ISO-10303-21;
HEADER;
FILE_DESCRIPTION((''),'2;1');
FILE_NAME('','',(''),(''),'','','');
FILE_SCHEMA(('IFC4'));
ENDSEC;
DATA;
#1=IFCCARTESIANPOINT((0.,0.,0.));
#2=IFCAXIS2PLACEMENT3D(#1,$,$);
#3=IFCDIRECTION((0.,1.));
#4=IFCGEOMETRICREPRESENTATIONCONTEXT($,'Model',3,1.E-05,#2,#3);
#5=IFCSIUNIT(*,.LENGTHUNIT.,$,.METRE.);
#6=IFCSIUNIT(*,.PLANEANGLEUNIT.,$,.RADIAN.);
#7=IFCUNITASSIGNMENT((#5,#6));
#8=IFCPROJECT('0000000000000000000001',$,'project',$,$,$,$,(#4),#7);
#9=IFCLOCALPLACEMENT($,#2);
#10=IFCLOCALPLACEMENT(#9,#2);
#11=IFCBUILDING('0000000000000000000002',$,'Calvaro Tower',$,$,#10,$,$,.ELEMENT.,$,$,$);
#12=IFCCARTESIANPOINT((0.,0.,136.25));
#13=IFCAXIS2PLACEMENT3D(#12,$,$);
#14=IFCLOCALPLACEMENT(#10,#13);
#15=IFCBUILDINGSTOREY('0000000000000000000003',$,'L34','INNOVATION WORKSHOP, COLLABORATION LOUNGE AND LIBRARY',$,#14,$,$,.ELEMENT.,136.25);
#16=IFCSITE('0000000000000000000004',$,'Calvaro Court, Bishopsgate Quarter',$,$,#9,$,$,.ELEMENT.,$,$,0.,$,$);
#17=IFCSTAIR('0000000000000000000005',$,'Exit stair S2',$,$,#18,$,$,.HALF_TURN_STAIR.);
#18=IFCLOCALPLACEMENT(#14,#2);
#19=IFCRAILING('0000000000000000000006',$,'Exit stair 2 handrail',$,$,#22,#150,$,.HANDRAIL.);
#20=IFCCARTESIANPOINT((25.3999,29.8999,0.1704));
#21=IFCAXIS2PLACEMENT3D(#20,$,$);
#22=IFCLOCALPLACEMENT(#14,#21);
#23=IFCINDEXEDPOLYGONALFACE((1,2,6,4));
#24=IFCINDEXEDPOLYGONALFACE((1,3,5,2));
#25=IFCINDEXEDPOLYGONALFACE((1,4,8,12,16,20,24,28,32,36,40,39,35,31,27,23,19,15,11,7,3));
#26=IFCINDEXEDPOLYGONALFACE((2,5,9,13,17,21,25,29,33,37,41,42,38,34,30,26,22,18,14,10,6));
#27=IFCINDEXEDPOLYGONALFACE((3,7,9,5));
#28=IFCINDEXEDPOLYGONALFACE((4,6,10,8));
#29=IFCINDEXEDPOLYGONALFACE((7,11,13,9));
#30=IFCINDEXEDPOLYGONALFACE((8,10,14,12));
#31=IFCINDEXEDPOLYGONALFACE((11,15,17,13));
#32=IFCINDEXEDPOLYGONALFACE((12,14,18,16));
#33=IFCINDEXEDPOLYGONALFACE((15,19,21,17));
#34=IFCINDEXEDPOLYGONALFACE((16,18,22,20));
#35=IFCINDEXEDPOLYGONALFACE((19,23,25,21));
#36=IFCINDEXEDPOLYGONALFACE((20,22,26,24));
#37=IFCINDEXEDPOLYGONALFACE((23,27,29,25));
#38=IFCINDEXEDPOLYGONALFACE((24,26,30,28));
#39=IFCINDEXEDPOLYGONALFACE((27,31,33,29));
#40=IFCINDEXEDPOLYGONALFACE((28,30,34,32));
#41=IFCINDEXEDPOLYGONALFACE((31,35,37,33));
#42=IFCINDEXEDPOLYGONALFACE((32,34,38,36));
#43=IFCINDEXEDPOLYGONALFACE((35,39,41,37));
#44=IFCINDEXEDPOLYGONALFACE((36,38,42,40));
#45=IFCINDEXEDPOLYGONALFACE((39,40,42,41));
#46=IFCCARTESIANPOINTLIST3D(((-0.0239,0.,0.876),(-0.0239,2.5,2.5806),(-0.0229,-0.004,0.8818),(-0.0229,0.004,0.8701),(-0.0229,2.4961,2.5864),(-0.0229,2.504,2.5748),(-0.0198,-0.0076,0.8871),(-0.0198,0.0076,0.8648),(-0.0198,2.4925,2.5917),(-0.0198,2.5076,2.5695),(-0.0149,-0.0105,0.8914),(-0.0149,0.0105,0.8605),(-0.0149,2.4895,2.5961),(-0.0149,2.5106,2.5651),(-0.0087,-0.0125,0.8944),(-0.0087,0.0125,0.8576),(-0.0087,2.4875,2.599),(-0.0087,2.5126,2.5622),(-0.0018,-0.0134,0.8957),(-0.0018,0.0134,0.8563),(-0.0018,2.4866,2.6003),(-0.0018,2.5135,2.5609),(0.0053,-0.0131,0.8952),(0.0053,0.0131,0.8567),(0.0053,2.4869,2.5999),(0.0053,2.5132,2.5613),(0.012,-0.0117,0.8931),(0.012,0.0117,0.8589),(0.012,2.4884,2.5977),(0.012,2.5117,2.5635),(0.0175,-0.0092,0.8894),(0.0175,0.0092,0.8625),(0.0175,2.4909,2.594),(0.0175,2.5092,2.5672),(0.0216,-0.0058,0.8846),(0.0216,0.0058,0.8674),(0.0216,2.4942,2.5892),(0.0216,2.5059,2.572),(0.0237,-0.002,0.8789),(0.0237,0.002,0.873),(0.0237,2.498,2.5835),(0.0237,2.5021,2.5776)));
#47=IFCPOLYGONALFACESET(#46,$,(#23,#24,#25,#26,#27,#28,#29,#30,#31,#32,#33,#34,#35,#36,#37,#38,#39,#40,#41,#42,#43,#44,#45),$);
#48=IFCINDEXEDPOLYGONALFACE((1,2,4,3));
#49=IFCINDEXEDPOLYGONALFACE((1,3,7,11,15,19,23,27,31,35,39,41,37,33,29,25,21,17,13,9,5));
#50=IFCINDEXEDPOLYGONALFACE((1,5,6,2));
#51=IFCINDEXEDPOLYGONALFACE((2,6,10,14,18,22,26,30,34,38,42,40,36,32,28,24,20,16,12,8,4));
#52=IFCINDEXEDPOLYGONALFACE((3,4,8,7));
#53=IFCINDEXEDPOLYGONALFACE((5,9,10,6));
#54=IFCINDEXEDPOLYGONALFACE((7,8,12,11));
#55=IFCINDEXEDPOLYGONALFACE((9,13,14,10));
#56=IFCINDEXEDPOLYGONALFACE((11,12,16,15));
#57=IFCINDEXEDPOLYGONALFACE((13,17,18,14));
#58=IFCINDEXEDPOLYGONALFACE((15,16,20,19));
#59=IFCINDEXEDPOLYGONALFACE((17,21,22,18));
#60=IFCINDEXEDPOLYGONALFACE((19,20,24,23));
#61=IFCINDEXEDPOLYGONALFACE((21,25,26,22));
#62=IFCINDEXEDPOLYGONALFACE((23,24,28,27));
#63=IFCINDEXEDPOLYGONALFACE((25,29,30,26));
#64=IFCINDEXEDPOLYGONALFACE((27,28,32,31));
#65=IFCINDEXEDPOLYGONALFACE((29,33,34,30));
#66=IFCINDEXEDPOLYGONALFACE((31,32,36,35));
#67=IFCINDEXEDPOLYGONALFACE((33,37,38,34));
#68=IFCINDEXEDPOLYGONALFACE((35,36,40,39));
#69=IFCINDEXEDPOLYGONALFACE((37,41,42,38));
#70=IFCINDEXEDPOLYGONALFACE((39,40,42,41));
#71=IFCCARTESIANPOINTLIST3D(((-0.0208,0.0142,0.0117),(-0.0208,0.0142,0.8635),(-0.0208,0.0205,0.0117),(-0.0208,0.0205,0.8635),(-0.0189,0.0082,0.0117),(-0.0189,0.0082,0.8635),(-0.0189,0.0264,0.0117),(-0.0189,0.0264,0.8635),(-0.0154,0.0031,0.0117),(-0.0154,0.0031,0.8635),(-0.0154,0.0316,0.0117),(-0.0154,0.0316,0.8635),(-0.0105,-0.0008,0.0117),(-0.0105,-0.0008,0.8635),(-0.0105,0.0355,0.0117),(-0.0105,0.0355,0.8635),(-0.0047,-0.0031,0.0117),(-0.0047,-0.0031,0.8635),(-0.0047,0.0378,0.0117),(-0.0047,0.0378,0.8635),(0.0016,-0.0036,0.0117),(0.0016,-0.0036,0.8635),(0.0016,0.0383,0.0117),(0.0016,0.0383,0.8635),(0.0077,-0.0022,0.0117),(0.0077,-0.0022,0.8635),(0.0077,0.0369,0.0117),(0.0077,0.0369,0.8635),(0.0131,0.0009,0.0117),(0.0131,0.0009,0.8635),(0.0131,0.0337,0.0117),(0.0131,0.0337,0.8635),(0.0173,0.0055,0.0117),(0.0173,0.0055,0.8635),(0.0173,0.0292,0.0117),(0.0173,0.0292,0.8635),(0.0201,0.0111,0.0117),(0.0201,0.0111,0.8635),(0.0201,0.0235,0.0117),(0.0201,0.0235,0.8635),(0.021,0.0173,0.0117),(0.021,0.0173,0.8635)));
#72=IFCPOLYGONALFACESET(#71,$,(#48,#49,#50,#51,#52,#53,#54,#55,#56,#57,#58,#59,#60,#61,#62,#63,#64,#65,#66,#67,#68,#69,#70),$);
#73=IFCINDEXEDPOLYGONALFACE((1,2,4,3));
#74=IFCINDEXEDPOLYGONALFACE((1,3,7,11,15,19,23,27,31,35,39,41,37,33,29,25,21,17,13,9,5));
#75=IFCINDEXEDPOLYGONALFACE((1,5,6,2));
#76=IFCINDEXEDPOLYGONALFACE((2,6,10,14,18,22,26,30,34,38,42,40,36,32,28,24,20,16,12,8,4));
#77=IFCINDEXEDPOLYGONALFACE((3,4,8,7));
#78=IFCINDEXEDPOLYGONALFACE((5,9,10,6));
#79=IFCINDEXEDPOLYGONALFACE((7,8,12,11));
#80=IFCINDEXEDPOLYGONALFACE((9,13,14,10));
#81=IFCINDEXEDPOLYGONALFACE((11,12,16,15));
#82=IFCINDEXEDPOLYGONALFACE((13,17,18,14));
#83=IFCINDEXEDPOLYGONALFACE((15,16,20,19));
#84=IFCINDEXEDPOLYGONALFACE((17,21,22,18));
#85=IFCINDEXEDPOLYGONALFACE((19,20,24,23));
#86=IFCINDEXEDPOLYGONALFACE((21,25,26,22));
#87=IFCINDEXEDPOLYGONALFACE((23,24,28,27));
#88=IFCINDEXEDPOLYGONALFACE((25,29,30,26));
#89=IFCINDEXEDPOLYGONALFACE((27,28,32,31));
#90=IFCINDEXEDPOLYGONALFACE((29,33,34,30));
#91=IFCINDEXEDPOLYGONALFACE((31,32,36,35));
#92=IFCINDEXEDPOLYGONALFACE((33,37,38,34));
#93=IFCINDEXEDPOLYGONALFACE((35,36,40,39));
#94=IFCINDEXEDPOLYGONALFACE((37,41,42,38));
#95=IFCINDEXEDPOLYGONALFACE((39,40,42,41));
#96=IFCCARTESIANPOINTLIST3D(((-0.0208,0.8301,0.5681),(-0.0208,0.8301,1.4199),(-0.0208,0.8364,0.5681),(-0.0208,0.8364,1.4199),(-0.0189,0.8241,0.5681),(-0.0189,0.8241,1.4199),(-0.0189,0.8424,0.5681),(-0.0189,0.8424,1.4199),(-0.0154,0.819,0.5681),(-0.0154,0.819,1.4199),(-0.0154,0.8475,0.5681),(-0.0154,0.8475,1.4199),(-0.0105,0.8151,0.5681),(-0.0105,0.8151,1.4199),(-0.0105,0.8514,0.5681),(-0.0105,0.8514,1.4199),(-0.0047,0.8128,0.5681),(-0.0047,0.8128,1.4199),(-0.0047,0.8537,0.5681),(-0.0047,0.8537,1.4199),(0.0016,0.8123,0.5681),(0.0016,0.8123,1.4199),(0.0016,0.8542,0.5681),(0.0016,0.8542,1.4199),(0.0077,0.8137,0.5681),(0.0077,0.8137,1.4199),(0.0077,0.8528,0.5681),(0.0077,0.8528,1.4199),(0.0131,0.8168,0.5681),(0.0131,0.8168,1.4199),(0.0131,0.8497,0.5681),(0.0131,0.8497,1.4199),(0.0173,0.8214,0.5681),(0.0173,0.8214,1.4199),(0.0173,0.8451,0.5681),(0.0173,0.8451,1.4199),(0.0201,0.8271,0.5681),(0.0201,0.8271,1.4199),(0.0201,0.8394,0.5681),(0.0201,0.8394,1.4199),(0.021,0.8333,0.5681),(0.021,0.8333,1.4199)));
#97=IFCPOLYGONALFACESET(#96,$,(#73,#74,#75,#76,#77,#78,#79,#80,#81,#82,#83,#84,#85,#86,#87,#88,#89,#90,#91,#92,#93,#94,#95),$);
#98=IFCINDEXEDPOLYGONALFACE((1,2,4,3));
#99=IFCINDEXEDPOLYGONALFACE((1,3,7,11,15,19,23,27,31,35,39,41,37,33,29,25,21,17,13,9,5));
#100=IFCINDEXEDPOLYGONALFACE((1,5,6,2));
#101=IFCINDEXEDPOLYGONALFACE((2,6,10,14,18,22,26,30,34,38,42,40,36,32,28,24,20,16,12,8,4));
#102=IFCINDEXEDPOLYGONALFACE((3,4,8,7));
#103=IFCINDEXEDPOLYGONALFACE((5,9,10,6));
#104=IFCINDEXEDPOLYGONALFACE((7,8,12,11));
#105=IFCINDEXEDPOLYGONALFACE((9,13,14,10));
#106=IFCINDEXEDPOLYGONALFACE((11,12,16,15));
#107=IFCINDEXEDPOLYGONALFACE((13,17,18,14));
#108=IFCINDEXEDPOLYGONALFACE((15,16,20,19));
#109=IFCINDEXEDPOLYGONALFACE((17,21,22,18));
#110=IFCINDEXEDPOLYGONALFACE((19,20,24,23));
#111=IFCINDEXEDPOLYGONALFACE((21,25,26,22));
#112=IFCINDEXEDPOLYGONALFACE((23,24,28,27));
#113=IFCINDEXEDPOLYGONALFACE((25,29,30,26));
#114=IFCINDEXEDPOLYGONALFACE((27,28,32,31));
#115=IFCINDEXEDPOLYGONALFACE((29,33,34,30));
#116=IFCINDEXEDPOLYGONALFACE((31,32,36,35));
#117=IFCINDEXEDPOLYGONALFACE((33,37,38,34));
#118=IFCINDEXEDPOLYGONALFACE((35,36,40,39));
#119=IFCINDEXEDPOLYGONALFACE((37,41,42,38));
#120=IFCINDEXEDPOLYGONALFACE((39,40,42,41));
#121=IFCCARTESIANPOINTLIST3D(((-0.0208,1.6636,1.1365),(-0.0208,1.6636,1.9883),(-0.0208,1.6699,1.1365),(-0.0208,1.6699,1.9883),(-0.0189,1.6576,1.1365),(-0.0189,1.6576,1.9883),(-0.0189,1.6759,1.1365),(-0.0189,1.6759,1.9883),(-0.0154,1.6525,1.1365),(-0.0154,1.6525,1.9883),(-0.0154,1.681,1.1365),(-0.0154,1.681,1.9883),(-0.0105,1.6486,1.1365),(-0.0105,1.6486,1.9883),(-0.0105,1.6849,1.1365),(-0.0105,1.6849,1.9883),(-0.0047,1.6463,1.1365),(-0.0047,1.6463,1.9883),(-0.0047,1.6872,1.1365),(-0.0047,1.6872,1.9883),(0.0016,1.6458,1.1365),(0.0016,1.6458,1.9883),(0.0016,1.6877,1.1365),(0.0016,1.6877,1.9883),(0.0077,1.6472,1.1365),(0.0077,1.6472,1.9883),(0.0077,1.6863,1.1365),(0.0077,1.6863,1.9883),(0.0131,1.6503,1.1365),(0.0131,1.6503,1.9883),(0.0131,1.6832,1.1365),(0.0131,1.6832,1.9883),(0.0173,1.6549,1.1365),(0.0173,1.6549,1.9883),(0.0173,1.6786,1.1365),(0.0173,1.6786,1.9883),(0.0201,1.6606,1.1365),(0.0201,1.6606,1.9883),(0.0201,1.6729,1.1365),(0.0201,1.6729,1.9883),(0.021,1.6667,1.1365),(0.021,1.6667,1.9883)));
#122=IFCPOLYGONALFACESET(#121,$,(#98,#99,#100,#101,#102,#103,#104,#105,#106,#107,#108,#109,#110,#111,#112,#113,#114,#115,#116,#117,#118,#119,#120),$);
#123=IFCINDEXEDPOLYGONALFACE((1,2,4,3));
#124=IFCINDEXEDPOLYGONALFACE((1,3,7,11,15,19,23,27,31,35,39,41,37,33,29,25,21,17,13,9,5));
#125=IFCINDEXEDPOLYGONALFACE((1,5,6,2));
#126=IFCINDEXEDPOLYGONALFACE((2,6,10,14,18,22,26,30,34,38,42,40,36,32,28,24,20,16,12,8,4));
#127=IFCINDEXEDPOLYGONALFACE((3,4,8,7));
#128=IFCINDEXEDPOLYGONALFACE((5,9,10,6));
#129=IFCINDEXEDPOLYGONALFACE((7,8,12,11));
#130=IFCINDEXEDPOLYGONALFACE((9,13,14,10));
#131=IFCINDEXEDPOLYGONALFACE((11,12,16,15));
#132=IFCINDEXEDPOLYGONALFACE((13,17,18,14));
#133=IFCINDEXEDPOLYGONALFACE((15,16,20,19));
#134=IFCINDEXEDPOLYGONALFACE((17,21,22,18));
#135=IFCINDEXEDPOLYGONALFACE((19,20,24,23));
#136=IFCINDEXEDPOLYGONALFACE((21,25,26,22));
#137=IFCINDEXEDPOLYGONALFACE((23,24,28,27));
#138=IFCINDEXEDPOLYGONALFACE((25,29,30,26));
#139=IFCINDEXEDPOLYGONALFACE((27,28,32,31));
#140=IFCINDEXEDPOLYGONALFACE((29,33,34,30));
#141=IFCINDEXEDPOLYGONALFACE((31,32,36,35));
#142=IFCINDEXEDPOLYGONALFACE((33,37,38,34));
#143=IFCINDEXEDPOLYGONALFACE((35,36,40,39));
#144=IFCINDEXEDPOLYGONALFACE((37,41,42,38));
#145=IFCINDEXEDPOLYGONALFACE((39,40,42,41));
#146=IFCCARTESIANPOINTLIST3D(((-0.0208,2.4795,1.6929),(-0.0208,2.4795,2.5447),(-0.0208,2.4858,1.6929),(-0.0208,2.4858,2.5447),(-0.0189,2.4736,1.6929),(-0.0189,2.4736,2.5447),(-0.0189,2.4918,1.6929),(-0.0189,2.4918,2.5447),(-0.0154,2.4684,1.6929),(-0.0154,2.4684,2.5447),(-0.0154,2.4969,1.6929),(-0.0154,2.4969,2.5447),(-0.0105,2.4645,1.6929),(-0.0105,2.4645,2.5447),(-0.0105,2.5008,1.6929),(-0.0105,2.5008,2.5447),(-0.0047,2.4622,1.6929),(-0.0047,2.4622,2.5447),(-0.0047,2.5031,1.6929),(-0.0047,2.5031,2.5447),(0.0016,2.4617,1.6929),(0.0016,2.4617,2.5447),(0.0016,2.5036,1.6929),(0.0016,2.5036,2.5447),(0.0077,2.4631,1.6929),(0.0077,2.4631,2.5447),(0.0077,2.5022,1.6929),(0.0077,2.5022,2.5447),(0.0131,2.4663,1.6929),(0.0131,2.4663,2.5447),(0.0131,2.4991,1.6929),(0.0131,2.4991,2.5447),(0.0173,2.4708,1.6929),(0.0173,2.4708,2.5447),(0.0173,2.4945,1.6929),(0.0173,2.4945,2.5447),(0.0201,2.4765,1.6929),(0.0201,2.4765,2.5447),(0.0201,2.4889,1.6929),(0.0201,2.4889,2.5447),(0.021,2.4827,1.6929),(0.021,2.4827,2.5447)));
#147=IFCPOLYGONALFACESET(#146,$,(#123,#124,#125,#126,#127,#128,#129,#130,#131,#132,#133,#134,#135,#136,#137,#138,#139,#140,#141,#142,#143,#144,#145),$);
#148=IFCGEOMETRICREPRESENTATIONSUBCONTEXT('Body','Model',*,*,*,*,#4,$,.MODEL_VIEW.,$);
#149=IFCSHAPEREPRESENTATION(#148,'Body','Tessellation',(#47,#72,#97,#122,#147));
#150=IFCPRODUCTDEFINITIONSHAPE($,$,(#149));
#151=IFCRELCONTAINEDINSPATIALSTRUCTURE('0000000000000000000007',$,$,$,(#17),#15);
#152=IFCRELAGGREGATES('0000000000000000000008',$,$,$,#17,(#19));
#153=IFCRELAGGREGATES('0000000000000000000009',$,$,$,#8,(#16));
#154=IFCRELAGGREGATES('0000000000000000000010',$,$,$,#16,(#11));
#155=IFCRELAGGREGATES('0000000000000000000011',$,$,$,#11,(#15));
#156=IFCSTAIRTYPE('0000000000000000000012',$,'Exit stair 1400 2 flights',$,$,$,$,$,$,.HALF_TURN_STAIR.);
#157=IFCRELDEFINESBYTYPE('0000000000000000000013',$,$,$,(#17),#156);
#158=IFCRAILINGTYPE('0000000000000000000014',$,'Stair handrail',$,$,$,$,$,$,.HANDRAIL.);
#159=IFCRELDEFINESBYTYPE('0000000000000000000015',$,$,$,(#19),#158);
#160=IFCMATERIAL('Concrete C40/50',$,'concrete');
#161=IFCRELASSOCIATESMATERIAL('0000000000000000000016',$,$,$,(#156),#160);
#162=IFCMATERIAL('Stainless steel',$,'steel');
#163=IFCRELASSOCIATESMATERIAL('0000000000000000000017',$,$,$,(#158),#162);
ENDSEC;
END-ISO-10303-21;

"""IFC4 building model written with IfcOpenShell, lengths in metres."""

from ifc_helpers import new_model, si_unit, direction, frame, origin, origin_2d, place, context, subcontext, project, spatial, circle, extrude, material, type_object, element, aggregate, save


model = new_model("IFC4")

# Units and contexts
model_context = context("Model", 3, precision=1e-05, world=origin(), true_north=direction((0.0, 1.0)))
body_context = subcontext(model_context, "Body", "Model", "MODEL_VIEW")
ifc_project = project(units=[si_unit("LENGTHUNIT", "METRE"), si_unit("PLANEANGLEUNIT", "RADIAN")], contexts=[model_context])

# Site, building, storey
site_placement = place(None, origin())
site = spatial("IfcSite", under=ifc_project, at=site_placement, Name="Calvaro Court, Bishopsgate Quarter", CompositionType="ELEMENT", RefElevation=0.0)
building_placement = place(site_placement, origin())
building = spatial("IfcBuilding", under=site, at=building_placement, Name="Calvaro Tower", CompositionType="ELEMENT")
storey_placement = place(building_placement, frame((0.0, 0.0, 136.25)))
storey = spatial("IfcBuildingStorey", under=building, at=storey_placement, Name="L34", Description="INNOVATION WORKSHOP, COLLABORATION LOUNGE AND LIBRARY", CompositionType="ELEMENT", Elevation=136.25)

# Stair, railing
ifc_material_1 = material(Name="Concrete C40/50", Category="concrete")
stair_type = type_object("IfcStairType", Name="Exit stair 1400 2 flights", PredefinedType="HALF_TURN_STAIR", material=ifc_material_1)
stair_placement = place(storey_placement, origin())
stair = element("IfcStair", 1, at=stair_placement, inside=storey, type_object=stair_type, Name="Exit stair S2", PredefinedType="HALF_TURN_STAIR")
ifc_material_2 = material(Name="Stainless steel", Category="steel")
railing_type = type_object("IfcRailingType", Name="Stair handrail", PredefinedType="HANDRAIL", material=ifc_material_2)
railing_1_placement = place(storey_placement, frame((25.3999, 29.8999, 0.1704)))
railing_1 = element("IfcRailing", 2, at=railing_1_placement, type_object=railing_type, Name="Exit stair 2 handrail", PredefinedType="HANDRAIL", context=body_context, shape_type="SweptSolid", body=[
    extrude(circle(Radius=0.0239, at=origin_2d()), frame((0.0, 0.0, 0.876), z_axis=(0.0, 0.826221, 0.563347), x_axis=(-1.0, 0.0, 0.0)), (0.0, 0.0, 1.0), 3.0259),
    extrude(circle(Radius=0.021, at=origin_2d()), frame((0.0, 0.0173, 0.0117)), (0.0, 0.0, 1.0), 0.8518),
    extrude(circle(Radius=0.021, at=origin_2d()), frame((0.0, 0.8333, 0.5681)), (0.0, 0.0, 1.0), 0.8518),
    extrude(circle(Radius=0.021, at=origin_2d()), frame((0.0, 1.6667, 1.1365)), (0.0, 0.0, 1.0), 0.8518),
    extrude(circle(Radius=0.021, at=origin_2d()), frame((0.0, 2.4827, 1.6929)), (0.0, 0.0, 1.0), 0.8518),
])
aggregate(stair, [railing_1])

save(model, "model.ifc")
